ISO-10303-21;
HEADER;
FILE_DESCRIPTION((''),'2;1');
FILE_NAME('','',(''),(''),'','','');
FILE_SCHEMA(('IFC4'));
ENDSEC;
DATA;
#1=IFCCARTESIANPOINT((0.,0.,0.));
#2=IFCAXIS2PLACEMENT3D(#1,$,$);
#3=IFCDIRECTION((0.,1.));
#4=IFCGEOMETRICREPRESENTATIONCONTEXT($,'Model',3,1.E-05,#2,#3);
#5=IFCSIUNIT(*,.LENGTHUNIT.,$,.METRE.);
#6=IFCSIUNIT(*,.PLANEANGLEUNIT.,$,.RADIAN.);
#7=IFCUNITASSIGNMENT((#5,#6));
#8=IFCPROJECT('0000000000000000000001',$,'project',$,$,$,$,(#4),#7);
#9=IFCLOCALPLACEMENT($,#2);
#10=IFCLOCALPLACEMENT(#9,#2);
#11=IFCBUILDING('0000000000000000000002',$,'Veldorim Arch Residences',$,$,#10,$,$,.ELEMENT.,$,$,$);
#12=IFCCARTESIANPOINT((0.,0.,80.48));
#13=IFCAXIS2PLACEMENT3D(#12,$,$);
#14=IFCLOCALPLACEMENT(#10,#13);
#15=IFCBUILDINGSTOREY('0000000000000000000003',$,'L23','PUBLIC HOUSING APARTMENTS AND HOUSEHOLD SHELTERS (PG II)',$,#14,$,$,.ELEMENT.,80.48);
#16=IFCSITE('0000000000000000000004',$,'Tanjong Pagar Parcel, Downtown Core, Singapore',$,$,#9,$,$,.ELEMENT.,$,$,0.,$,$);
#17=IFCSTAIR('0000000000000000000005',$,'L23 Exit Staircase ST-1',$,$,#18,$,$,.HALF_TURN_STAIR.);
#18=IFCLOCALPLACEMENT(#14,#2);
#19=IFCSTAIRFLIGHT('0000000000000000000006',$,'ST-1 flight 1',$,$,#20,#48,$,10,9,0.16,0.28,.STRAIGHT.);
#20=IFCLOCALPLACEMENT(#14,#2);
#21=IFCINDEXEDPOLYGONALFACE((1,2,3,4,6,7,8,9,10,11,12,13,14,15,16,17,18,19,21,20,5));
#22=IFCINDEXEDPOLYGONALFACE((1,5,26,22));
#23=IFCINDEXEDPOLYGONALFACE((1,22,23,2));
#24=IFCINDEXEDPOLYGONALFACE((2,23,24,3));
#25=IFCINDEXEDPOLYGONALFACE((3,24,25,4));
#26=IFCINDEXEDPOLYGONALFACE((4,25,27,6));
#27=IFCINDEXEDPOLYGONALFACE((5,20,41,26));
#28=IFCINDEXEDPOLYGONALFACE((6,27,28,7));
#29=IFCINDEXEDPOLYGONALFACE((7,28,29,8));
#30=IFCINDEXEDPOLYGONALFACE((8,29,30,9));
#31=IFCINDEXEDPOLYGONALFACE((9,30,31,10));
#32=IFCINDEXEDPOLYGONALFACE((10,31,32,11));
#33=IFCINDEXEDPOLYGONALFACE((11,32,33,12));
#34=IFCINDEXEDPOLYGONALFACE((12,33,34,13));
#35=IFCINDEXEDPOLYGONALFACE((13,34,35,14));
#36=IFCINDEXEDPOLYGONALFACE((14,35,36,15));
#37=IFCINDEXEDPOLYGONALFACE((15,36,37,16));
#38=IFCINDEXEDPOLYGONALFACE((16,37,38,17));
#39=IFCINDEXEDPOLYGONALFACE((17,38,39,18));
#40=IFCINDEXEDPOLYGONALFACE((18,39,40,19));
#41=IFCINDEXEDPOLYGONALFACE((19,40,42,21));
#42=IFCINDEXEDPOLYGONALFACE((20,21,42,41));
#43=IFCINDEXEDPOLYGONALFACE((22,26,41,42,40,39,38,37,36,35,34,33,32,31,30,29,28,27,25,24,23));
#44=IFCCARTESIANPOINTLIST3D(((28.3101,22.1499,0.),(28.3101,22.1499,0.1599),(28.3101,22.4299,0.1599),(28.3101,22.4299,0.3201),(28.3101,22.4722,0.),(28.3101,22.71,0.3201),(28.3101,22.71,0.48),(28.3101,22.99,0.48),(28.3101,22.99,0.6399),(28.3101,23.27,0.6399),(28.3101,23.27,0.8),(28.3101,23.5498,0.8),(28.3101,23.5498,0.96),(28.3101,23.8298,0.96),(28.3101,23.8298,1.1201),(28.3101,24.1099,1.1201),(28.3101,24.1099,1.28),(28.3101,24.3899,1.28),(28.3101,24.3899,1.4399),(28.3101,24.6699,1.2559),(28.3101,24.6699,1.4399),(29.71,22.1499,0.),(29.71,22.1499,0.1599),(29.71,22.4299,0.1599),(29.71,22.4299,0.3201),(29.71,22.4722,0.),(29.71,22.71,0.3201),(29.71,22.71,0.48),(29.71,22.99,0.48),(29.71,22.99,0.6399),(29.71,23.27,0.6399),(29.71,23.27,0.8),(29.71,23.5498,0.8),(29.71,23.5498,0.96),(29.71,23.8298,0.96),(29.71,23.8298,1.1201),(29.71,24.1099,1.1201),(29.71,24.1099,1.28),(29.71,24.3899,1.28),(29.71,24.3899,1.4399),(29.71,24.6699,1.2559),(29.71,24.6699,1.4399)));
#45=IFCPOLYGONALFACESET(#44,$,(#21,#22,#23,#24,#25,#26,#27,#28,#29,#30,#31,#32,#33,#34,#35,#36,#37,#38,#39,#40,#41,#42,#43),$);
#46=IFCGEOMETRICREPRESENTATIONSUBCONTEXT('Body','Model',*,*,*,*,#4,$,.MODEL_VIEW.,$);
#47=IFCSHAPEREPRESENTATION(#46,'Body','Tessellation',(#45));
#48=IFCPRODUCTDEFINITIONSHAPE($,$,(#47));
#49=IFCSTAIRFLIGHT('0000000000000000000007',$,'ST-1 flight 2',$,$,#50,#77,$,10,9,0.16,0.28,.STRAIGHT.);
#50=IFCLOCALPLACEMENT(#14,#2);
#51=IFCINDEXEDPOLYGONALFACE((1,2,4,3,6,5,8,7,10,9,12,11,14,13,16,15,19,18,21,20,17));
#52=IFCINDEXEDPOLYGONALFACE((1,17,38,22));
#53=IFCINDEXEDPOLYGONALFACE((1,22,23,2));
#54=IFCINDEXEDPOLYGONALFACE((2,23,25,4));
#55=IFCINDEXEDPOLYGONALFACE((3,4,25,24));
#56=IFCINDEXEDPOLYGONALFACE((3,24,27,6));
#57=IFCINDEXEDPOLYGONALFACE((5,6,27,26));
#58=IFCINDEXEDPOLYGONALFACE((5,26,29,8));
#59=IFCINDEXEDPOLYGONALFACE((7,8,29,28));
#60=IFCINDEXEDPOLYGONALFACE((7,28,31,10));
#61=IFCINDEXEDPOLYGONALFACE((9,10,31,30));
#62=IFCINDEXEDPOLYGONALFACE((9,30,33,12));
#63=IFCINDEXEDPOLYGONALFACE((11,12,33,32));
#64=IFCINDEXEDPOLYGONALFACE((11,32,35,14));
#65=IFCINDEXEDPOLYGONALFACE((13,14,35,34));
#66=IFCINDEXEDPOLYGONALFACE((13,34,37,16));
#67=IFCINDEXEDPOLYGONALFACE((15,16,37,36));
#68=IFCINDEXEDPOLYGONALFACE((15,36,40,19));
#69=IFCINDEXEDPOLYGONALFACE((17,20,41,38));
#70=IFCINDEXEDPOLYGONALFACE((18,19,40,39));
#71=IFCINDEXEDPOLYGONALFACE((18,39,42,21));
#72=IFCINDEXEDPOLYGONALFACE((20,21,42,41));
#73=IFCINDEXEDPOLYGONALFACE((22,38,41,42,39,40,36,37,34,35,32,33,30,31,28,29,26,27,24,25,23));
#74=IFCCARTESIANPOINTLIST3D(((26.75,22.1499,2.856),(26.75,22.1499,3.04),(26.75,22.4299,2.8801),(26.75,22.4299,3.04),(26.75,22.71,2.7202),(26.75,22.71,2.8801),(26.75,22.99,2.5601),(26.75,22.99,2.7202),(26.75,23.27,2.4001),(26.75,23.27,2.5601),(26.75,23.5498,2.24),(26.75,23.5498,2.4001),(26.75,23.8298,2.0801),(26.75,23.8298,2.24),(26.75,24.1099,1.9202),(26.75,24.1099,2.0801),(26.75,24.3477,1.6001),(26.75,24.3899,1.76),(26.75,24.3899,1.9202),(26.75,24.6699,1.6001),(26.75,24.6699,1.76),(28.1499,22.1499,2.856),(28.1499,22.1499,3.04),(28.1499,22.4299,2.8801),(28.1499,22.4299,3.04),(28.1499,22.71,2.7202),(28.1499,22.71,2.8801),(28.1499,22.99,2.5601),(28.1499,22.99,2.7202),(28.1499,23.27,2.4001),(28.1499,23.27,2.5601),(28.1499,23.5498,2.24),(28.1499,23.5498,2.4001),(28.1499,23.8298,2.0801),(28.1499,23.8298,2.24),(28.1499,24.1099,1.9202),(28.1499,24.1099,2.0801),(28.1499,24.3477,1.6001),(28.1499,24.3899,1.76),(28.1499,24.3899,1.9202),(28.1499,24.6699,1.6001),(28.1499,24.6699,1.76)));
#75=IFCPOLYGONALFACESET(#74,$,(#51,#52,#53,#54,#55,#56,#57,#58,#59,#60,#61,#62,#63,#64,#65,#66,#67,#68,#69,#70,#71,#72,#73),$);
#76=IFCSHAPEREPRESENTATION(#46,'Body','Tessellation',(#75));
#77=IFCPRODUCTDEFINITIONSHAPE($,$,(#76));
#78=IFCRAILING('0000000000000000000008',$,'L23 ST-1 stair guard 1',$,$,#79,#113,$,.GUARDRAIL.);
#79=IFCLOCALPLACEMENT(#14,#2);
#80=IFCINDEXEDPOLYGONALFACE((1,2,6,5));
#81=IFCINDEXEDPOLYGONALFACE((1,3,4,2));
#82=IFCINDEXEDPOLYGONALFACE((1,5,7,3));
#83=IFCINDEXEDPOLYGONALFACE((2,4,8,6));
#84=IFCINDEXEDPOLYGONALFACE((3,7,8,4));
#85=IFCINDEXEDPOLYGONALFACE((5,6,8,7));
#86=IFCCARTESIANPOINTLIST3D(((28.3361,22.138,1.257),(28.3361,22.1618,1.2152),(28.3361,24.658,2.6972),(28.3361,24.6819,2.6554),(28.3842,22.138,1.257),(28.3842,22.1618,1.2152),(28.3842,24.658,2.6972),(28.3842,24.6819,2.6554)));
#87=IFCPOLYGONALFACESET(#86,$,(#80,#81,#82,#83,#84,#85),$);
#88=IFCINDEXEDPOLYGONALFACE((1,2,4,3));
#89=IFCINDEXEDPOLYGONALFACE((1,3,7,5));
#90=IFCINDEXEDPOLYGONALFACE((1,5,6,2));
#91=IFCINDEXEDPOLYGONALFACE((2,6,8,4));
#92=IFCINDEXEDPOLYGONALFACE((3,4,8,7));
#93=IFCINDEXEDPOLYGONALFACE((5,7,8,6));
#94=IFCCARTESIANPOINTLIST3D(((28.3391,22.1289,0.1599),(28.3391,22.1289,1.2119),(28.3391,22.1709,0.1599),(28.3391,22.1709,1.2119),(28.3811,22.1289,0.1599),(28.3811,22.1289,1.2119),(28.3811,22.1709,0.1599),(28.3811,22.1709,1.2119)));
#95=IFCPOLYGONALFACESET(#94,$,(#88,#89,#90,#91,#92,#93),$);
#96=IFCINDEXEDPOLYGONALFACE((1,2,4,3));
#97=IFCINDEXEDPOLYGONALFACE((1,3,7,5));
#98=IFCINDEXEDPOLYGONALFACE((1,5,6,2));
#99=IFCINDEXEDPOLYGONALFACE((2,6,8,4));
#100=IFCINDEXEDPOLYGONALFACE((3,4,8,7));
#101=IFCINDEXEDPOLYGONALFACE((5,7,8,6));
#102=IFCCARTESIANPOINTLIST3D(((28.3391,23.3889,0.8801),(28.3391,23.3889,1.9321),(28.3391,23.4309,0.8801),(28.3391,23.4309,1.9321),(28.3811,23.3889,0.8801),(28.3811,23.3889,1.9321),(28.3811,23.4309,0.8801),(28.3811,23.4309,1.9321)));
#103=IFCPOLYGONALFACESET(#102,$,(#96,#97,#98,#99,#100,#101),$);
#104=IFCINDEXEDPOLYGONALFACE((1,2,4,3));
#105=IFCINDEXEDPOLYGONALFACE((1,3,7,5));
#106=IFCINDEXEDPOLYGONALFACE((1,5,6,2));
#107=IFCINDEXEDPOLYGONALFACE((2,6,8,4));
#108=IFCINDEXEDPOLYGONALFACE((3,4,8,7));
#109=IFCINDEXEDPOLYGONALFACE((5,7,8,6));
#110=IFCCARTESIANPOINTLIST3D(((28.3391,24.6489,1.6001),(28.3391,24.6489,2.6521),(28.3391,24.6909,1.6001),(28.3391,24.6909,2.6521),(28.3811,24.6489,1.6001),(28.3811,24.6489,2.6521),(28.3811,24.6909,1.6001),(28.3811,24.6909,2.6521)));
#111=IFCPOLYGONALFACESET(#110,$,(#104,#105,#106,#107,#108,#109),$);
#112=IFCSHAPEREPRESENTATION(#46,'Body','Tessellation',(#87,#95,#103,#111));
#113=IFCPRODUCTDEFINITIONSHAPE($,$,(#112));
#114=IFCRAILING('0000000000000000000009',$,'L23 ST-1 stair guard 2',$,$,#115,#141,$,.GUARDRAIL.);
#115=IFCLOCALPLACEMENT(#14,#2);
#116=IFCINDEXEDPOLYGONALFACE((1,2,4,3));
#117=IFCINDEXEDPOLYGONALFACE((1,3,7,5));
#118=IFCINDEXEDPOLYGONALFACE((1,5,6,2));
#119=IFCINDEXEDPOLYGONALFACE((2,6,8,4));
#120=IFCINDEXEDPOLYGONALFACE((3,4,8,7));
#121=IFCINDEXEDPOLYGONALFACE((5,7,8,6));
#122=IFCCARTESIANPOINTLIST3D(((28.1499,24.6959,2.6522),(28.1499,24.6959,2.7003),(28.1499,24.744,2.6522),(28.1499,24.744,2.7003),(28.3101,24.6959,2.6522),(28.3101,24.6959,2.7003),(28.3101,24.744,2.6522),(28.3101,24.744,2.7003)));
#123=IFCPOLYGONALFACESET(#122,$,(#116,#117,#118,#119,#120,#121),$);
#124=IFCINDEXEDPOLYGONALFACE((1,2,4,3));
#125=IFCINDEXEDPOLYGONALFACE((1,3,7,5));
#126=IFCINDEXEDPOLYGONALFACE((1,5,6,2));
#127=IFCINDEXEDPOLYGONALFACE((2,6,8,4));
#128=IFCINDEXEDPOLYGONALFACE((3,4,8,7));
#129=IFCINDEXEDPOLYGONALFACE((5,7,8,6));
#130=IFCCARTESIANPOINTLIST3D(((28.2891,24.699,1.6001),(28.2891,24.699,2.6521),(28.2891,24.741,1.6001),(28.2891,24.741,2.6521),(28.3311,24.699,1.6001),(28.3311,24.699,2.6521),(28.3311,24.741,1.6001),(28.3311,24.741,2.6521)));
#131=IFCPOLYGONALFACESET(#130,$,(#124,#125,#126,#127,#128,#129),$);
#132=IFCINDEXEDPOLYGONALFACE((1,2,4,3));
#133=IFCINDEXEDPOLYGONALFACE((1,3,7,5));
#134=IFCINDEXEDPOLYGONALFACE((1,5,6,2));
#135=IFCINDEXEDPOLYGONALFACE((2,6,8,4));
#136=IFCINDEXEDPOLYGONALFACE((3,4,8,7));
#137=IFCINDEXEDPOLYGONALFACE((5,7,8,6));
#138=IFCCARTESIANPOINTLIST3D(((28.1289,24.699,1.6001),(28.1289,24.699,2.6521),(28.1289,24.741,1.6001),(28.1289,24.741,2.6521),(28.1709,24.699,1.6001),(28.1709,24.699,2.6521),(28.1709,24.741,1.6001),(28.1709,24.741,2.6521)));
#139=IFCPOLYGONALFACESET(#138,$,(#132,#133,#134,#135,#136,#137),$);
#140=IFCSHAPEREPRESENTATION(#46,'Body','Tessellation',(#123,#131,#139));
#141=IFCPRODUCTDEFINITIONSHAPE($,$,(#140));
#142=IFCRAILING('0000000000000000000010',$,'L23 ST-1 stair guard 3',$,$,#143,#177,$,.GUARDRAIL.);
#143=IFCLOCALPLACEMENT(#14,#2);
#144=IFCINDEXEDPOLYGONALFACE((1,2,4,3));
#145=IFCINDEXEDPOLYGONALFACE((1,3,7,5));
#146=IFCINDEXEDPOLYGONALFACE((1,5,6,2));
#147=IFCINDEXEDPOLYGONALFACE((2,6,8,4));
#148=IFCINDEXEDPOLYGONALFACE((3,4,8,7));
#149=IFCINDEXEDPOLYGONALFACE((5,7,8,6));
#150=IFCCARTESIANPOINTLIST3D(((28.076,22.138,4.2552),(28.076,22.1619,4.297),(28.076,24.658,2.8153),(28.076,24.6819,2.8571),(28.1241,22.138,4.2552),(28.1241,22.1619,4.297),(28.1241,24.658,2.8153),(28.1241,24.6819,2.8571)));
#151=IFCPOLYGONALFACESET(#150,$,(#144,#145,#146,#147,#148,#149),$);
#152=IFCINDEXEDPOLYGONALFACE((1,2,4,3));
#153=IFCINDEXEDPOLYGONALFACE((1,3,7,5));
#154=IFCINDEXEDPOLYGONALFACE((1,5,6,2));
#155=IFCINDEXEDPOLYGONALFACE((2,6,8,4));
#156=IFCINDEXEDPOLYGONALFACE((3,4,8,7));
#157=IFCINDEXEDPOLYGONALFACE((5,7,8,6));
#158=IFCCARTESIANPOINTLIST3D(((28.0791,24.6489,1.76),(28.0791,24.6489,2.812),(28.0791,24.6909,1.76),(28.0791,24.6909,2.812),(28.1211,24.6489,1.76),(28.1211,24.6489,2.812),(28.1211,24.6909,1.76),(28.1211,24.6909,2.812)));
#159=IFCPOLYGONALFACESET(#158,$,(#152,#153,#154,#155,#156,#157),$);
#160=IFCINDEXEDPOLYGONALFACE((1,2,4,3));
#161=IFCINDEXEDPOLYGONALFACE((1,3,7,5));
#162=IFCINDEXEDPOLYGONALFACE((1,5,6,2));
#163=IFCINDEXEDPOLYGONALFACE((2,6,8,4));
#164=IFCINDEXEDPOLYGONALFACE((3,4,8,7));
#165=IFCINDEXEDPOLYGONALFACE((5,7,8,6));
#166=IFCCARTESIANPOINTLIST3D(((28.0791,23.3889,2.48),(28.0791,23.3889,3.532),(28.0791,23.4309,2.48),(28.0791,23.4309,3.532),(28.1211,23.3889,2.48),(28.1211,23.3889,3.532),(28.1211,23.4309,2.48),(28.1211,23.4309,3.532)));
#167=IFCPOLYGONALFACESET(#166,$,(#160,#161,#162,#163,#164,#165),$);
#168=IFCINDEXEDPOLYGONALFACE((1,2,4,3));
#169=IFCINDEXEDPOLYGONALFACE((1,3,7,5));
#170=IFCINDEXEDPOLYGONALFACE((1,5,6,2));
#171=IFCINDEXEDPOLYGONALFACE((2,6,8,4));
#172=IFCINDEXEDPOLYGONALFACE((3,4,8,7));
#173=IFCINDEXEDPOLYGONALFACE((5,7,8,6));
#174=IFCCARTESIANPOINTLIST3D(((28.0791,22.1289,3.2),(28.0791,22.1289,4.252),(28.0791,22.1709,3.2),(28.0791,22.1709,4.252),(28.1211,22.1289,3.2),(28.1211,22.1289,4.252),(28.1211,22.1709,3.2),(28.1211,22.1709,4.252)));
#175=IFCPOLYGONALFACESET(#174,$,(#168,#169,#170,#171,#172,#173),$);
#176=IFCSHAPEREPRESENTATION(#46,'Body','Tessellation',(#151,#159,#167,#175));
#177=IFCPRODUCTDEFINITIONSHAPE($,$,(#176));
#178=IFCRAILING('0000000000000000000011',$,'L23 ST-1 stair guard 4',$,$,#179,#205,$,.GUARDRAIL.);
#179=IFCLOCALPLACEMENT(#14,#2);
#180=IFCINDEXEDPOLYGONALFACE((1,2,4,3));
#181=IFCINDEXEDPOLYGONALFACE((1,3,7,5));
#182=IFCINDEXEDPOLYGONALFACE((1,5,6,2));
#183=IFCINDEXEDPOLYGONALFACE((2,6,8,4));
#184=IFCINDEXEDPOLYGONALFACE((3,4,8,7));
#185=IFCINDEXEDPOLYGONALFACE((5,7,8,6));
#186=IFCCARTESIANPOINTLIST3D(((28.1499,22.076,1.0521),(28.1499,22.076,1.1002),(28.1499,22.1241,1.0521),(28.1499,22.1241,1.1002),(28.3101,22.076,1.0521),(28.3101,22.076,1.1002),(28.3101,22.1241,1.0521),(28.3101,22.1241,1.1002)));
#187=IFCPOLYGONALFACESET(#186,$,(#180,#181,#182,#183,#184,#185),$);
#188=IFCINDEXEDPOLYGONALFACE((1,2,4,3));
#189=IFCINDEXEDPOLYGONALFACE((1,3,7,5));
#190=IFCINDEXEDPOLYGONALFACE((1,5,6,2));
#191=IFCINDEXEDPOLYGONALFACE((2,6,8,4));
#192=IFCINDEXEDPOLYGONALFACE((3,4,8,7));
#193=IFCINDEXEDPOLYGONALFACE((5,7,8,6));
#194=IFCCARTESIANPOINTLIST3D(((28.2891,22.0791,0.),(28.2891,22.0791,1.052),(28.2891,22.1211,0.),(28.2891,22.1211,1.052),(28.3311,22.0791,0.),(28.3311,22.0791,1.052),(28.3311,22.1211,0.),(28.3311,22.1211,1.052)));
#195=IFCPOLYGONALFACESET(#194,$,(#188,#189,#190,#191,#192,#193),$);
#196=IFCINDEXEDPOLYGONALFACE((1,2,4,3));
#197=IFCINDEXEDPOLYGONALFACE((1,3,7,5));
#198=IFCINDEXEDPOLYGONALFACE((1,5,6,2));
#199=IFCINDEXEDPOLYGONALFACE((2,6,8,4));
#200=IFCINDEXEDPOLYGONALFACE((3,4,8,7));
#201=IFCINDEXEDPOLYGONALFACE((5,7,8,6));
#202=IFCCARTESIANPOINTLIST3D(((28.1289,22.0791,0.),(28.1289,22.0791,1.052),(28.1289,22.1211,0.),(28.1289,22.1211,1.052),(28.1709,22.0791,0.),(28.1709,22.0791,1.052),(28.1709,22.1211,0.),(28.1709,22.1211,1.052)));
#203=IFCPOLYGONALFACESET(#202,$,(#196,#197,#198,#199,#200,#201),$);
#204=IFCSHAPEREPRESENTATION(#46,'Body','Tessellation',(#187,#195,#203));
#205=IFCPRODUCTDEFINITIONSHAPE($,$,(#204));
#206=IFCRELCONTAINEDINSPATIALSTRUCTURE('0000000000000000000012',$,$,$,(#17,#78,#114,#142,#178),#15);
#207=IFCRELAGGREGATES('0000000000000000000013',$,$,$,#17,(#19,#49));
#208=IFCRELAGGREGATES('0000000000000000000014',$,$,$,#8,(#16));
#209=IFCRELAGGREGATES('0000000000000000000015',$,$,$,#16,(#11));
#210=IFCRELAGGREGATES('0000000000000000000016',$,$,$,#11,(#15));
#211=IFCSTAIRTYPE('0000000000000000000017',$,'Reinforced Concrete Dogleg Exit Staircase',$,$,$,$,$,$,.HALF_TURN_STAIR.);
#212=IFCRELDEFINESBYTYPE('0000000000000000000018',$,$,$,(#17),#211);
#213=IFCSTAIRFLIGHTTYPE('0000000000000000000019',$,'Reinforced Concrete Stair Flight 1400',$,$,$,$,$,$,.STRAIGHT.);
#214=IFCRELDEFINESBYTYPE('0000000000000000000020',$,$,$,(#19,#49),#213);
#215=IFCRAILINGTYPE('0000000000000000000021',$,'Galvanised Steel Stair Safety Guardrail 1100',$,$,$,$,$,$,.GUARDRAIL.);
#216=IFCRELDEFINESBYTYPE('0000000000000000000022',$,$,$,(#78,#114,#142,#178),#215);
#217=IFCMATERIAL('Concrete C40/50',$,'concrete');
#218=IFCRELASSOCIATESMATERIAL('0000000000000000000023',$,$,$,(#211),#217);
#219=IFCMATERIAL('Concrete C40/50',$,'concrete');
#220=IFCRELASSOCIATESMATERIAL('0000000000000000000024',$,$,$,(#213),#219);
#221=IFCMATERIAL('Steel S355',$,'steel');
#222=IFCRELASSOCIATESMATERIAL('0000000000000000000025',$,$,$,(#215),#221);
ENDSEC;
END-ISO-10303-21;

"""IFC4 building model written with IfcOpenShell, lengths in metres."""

from ifc_helpers import new_model, si_unit, direction, frame, origin, origin_2d, place, context, subcontext, project, spatial, polyline, rectangle, outline, extrude, material, type_object, element, aggregate, save


model = new_model("IFC4")

# Units and contexts
model_context = context("Model", 3, precision=1e-05, world=origin(), true_north=direction((0.0, 1.0)))
body_context = subcontext(model_context, "Body", "Model", "MODEL_VIEW")
ifc_project = project(units=[si_unit("LENGTHUNIT", "METRE"), si_unit("PLANEANGLEUNIT", "RADIAN")], contexts=[model_context])

# Site, building, storey
site_placement = place(None, origin())
site = spatial("IfcSite", under=ifc_project, at=site_placement, Name="Tanjong Pagar Parcel, Downtown Core, Singapore", CompositionType="ELEMENT", RefElevation=0.0)
building_placement = place(site_placement, origin())
building = spatial("IfcBuilding", under=site, at=building_placement, Name="Veldorim Arch Residences", CompositionType="ELEMENT")
storey_placement = place(building_placement, frame((0.0, 0.0, 80.48)))
storey = spatial("IfcBuildingStorey", under=building, at=storey_placement, Name="L23", Description="PUBLIC HOUSING APARTMENTS AND HOUSEHOLD SHELTERS (PG II)", CompositionType="ELEMENT", Elevation=80.48)

# Stair, stair flights
ifc_material_1 = material(Name="Concrete C40/50", Category="concrete")
stair_type = type_object("IfcStairType", Name="Reinforced Concrete Dogleg Exit Staircase", PredefinedType="HALF_TURN_STAIR", material=ifc_material_1)
stair_placement = place(storey_placement, origin())
stair = element("IfcStair", 1, at=stair_placement, inside=storey, type_object=stair_type, Name="L23 Exit Staircase ST-1", PredefinedType="HALF_TURN_STAIR")
ifc_material_2 = material(Name="Concrete C40/50", Category="concrete")
stair_flight_type = type_object("IfcStairFlightType", Name="Reinforced Concrete Stair Flight 1400", PredefinedType="STRAIGHT", material=ifc_material_2)
stair_flight_1_placement = place(storey_placement, frame((29.01, 22.1499, 0.0), z_axis=(0.0, 0.0, 1.0), x_axis=(0.0, 1.0, 0.0)))
stair_flight_1 = element("IfcStairFlight", 2, at=stair_flight_1_placement, type_object=stair_flight_type, Name="ST-1 flight 1", NumberOfRisers=10, NumberOfTreads=9, PredefinedType="STRAIGHT", RiserHeight=0.16, TreadLength=0.28, context=body_context, shape_type="SweptSolid", body=[
    extrude(outline(polyline([(0.0, 0.0), (0.0, 0.1599), (0.28, 0.1599), (0.28, 0.3201), (0.5601, 0.3201), (0.5601, 0.48), (0.8401, 0.48), (0.8401, 0.6399), (1.1201, 0.6399), (1.1201, 0.8), (1.3999, 0.8), (1.3999, 0.96), (1.6799, 0.96), (1.6799, 1.1201), (1.96, 1.1201), (1.96, 1.28), (2.24, 1.28), (2.24, 1.4399), (2.52, 1.4399), (2.52, 1.6001), (2.52, 1.2559), (0.3223, 0.0), (0.0, 0.0)])), frame((0.0, 0.7, 0.0), z_axis=(0.0, -1.0, 0.0), x_axis=(1.0, 0.0, 0.0)), (0.0, 0.0, 1.0), 1.3999),
])
stair_flight_2_placement = place(storey_placement, frame((27.45, 24.6699, 1.6001), z_axis=(0.0, 0.0, 1.0), x_axis=(0.0, -1.0, 0.0)))
stair_flight_2 = element("IfcStairFlight", 3, at=stair_flight_2_placement, type_object=stair_flight_type, Name="ST-1 flight 2", NumberOfRisers=10, NumberOfTreads=9, PredefinedType="STRAIGHT", RiserHeight=0.16, TreadLength=0.28, context=body_context, shape_type="SweptSolid", body=[
    extrude(outline(polyline([(0.0, 0.0), (0.0, 0.1599), (0.28, 0.1599), (0.28, 0.3201), (0.5601, 0.3201), (0.5601, 0.48), (0.8401, 0.48), (0.8401, 0.6399), (1.1201, 0.6399), (1.1201, 0.8), (1.3999, 0.8), (1.3999, 0.96), (1.6799, 0.96), (1.6799, 1.1201), (1.96, 1.1201), (1.96, 1.28), (2.24, 1.28), (2.24, 1.4399), (2.52, 1.4399), (2.52, 1.6001), (2.52, 1.2559), (0.3223, 0.0), (0.0, 0.0)])), frame((0.0, 0.7, 0.0), z_axis=(0.0, -1.0, 0.0), x_axis=(1.0, 0.0, 0.0)), (0.0, 0.0, 1.0), 1.3999),
])
aggregate(stair, [stair_flight_1, stair_flight_2])

# Railings
ifc_material_3 = material(Name="Steel S355", Category="steel")
railing_type_1 = type_object("IfcRailingType", Name="Galvanised Steel Stair Safety Guardrail 1100", PredefinedType="GUARDRAIL", material=ifc_material_3)
railing_1_placement = place(storey_placement, frame((28.3601, 22.1499, 0.1599)))
element("IfcRailing", 4, at=railing_1_placement, inside=storey, type_object=railing_type_1, Name="L23 ST-1 stair guard 1", PredefinedType="GUARDRAIL", context=body_context, shape_type="SweptSolid", body=[
    extrude(rectangle(XDim=0.0481, YDim=0.0481, at=origin_2d()), frame((0.0, 0.0, 1.0762), z_axis=(0.0, 0.868217, 0.496184), x_axis=(-1.0, 0.0, 0.0)), (0.0, 0.0, 1.0), 2.9026),
    extrude(rectangle(XDim=0.042, YDim=0.042, at=origin_2d()), origin(), (0.0, 0.0, 1.0), 1.052),
    extrude(rectangle(XDim=0.042, YDim=0.042, at=origin_2d()), frame((0.0, 1.26, 0.7202)), (0.0, 0.0, 1.0), 1.052),
    extrude(rectangle(XDim=0.042, YDim=0.042, at=origin_2d()), frame((0.0, 2.52, 1.4402)), (0.0, 0.0, 1.0), 1.052),
])
railing_2_placement = place(storey_placement, frame((28.3101, 24.72, 1.6001)))
element("IfcRailing", 5, at=railing_2_placement, inside=storey, type_object=railing_type_1, Name="L23 ST-1 stair guard 2", PredefinedType="GUARDRAIL", context=body_context, shape_type="SweptSolid", body=[
    extrude(rectangle(XDim=0.0481, YDim=0.0481, at=origin_2d()), frame((0.0, 0.0, 1.0762), z_axis=(-1.0, 0.0, 0.0), x_axis=(0.0, -1.0, 0.0)), (0.0, 0.0, 1.0), 0.1602),
    extrude(rectangle(XDim=0.042, YDim=0.042, at=origin_2d()), origin(), (0.0, 0.0, 1.0), 1.052),
    extrude(rectangle(XDim=0.042, YDim=0.042, at=origin_2d()), frame((-0.1602, 0.0, 0.0)), (0.0, 0.0, 1.0), 1.052),
])
railing_3_placement = place(storey_placement, frame((28.1001, 24.6699, 1.76)))
element("IfcRailing", 6, at=railing_3_placement, inside=storey, type_object=railing_type_1, Name="L23 ST-1 stair guard 3", PredefinedType="GUARDRAIL", context=body_context, shape_type="SweptSolid", body=[
    extrude(rectangle(XDim=0.0481, YDim=0.0481, at=origin_2d()), frame((0.0, 0.0, 1.0762), z_axis=(0.0, -0.868253, 0.496121), x_axis=(1.0, 0.0, 0.0)), (0.0, 0.0, 1.0), 2.9023),
    extrude(rectangle(XDim=0.042, YDim=0.042, at=origin_2d()), origin(), (0.0, 0.0, 1.0), 1.052),
    extrude(rectangle(XDim=0.042, YDim=0.042, at=origin_2d()), frame((0.0, -1.26, 0.72)), (0.0, 0.0, 1.0), 1.052),
    extrude(rectangle(XDim=0.042, YDim=0.042, at=origin_2d()), frame((0.0, -2.52, 1.4399)), (0.0, 0.0, 1.0), 1.052),
])
railing_4_placement = place(storey_placement, frame((28.3101, 22.1001, 0.0)))
element("IfcRailing", 7, at=railing_4_placement, inside=storey, type_object=railing_type_1, Name="L23 ST-1 stair guard 4", PredefinedType="GUARDRAIL", context=body_context, shape_type="SweptSolid", body=[
    extrude(rectangle(XDim=0.0481, YDim=0.0481, at=origin_2d()), frame((0.0, 0.0, 1.0762), z_axis=(-1.0, 0.0, 0.0), x_axis=(0.0, -1.0, 0.0)), (0.0, 0.0, 1.0), 0.1602),
    extrude(rectangle(XDim=0.042, YDim=0.042, at=origin_2d()), origin(), (0.0, 0.0, 1.0), 1.052),
    extrude(rectangle(XDim=0.042, YDim=0.042, at=origin_2d()), frame((-0.1602, 0.0, 0.0)), (0.0, 0.0, 1.0), 1.052),
])

save(model, "model.ifc")
